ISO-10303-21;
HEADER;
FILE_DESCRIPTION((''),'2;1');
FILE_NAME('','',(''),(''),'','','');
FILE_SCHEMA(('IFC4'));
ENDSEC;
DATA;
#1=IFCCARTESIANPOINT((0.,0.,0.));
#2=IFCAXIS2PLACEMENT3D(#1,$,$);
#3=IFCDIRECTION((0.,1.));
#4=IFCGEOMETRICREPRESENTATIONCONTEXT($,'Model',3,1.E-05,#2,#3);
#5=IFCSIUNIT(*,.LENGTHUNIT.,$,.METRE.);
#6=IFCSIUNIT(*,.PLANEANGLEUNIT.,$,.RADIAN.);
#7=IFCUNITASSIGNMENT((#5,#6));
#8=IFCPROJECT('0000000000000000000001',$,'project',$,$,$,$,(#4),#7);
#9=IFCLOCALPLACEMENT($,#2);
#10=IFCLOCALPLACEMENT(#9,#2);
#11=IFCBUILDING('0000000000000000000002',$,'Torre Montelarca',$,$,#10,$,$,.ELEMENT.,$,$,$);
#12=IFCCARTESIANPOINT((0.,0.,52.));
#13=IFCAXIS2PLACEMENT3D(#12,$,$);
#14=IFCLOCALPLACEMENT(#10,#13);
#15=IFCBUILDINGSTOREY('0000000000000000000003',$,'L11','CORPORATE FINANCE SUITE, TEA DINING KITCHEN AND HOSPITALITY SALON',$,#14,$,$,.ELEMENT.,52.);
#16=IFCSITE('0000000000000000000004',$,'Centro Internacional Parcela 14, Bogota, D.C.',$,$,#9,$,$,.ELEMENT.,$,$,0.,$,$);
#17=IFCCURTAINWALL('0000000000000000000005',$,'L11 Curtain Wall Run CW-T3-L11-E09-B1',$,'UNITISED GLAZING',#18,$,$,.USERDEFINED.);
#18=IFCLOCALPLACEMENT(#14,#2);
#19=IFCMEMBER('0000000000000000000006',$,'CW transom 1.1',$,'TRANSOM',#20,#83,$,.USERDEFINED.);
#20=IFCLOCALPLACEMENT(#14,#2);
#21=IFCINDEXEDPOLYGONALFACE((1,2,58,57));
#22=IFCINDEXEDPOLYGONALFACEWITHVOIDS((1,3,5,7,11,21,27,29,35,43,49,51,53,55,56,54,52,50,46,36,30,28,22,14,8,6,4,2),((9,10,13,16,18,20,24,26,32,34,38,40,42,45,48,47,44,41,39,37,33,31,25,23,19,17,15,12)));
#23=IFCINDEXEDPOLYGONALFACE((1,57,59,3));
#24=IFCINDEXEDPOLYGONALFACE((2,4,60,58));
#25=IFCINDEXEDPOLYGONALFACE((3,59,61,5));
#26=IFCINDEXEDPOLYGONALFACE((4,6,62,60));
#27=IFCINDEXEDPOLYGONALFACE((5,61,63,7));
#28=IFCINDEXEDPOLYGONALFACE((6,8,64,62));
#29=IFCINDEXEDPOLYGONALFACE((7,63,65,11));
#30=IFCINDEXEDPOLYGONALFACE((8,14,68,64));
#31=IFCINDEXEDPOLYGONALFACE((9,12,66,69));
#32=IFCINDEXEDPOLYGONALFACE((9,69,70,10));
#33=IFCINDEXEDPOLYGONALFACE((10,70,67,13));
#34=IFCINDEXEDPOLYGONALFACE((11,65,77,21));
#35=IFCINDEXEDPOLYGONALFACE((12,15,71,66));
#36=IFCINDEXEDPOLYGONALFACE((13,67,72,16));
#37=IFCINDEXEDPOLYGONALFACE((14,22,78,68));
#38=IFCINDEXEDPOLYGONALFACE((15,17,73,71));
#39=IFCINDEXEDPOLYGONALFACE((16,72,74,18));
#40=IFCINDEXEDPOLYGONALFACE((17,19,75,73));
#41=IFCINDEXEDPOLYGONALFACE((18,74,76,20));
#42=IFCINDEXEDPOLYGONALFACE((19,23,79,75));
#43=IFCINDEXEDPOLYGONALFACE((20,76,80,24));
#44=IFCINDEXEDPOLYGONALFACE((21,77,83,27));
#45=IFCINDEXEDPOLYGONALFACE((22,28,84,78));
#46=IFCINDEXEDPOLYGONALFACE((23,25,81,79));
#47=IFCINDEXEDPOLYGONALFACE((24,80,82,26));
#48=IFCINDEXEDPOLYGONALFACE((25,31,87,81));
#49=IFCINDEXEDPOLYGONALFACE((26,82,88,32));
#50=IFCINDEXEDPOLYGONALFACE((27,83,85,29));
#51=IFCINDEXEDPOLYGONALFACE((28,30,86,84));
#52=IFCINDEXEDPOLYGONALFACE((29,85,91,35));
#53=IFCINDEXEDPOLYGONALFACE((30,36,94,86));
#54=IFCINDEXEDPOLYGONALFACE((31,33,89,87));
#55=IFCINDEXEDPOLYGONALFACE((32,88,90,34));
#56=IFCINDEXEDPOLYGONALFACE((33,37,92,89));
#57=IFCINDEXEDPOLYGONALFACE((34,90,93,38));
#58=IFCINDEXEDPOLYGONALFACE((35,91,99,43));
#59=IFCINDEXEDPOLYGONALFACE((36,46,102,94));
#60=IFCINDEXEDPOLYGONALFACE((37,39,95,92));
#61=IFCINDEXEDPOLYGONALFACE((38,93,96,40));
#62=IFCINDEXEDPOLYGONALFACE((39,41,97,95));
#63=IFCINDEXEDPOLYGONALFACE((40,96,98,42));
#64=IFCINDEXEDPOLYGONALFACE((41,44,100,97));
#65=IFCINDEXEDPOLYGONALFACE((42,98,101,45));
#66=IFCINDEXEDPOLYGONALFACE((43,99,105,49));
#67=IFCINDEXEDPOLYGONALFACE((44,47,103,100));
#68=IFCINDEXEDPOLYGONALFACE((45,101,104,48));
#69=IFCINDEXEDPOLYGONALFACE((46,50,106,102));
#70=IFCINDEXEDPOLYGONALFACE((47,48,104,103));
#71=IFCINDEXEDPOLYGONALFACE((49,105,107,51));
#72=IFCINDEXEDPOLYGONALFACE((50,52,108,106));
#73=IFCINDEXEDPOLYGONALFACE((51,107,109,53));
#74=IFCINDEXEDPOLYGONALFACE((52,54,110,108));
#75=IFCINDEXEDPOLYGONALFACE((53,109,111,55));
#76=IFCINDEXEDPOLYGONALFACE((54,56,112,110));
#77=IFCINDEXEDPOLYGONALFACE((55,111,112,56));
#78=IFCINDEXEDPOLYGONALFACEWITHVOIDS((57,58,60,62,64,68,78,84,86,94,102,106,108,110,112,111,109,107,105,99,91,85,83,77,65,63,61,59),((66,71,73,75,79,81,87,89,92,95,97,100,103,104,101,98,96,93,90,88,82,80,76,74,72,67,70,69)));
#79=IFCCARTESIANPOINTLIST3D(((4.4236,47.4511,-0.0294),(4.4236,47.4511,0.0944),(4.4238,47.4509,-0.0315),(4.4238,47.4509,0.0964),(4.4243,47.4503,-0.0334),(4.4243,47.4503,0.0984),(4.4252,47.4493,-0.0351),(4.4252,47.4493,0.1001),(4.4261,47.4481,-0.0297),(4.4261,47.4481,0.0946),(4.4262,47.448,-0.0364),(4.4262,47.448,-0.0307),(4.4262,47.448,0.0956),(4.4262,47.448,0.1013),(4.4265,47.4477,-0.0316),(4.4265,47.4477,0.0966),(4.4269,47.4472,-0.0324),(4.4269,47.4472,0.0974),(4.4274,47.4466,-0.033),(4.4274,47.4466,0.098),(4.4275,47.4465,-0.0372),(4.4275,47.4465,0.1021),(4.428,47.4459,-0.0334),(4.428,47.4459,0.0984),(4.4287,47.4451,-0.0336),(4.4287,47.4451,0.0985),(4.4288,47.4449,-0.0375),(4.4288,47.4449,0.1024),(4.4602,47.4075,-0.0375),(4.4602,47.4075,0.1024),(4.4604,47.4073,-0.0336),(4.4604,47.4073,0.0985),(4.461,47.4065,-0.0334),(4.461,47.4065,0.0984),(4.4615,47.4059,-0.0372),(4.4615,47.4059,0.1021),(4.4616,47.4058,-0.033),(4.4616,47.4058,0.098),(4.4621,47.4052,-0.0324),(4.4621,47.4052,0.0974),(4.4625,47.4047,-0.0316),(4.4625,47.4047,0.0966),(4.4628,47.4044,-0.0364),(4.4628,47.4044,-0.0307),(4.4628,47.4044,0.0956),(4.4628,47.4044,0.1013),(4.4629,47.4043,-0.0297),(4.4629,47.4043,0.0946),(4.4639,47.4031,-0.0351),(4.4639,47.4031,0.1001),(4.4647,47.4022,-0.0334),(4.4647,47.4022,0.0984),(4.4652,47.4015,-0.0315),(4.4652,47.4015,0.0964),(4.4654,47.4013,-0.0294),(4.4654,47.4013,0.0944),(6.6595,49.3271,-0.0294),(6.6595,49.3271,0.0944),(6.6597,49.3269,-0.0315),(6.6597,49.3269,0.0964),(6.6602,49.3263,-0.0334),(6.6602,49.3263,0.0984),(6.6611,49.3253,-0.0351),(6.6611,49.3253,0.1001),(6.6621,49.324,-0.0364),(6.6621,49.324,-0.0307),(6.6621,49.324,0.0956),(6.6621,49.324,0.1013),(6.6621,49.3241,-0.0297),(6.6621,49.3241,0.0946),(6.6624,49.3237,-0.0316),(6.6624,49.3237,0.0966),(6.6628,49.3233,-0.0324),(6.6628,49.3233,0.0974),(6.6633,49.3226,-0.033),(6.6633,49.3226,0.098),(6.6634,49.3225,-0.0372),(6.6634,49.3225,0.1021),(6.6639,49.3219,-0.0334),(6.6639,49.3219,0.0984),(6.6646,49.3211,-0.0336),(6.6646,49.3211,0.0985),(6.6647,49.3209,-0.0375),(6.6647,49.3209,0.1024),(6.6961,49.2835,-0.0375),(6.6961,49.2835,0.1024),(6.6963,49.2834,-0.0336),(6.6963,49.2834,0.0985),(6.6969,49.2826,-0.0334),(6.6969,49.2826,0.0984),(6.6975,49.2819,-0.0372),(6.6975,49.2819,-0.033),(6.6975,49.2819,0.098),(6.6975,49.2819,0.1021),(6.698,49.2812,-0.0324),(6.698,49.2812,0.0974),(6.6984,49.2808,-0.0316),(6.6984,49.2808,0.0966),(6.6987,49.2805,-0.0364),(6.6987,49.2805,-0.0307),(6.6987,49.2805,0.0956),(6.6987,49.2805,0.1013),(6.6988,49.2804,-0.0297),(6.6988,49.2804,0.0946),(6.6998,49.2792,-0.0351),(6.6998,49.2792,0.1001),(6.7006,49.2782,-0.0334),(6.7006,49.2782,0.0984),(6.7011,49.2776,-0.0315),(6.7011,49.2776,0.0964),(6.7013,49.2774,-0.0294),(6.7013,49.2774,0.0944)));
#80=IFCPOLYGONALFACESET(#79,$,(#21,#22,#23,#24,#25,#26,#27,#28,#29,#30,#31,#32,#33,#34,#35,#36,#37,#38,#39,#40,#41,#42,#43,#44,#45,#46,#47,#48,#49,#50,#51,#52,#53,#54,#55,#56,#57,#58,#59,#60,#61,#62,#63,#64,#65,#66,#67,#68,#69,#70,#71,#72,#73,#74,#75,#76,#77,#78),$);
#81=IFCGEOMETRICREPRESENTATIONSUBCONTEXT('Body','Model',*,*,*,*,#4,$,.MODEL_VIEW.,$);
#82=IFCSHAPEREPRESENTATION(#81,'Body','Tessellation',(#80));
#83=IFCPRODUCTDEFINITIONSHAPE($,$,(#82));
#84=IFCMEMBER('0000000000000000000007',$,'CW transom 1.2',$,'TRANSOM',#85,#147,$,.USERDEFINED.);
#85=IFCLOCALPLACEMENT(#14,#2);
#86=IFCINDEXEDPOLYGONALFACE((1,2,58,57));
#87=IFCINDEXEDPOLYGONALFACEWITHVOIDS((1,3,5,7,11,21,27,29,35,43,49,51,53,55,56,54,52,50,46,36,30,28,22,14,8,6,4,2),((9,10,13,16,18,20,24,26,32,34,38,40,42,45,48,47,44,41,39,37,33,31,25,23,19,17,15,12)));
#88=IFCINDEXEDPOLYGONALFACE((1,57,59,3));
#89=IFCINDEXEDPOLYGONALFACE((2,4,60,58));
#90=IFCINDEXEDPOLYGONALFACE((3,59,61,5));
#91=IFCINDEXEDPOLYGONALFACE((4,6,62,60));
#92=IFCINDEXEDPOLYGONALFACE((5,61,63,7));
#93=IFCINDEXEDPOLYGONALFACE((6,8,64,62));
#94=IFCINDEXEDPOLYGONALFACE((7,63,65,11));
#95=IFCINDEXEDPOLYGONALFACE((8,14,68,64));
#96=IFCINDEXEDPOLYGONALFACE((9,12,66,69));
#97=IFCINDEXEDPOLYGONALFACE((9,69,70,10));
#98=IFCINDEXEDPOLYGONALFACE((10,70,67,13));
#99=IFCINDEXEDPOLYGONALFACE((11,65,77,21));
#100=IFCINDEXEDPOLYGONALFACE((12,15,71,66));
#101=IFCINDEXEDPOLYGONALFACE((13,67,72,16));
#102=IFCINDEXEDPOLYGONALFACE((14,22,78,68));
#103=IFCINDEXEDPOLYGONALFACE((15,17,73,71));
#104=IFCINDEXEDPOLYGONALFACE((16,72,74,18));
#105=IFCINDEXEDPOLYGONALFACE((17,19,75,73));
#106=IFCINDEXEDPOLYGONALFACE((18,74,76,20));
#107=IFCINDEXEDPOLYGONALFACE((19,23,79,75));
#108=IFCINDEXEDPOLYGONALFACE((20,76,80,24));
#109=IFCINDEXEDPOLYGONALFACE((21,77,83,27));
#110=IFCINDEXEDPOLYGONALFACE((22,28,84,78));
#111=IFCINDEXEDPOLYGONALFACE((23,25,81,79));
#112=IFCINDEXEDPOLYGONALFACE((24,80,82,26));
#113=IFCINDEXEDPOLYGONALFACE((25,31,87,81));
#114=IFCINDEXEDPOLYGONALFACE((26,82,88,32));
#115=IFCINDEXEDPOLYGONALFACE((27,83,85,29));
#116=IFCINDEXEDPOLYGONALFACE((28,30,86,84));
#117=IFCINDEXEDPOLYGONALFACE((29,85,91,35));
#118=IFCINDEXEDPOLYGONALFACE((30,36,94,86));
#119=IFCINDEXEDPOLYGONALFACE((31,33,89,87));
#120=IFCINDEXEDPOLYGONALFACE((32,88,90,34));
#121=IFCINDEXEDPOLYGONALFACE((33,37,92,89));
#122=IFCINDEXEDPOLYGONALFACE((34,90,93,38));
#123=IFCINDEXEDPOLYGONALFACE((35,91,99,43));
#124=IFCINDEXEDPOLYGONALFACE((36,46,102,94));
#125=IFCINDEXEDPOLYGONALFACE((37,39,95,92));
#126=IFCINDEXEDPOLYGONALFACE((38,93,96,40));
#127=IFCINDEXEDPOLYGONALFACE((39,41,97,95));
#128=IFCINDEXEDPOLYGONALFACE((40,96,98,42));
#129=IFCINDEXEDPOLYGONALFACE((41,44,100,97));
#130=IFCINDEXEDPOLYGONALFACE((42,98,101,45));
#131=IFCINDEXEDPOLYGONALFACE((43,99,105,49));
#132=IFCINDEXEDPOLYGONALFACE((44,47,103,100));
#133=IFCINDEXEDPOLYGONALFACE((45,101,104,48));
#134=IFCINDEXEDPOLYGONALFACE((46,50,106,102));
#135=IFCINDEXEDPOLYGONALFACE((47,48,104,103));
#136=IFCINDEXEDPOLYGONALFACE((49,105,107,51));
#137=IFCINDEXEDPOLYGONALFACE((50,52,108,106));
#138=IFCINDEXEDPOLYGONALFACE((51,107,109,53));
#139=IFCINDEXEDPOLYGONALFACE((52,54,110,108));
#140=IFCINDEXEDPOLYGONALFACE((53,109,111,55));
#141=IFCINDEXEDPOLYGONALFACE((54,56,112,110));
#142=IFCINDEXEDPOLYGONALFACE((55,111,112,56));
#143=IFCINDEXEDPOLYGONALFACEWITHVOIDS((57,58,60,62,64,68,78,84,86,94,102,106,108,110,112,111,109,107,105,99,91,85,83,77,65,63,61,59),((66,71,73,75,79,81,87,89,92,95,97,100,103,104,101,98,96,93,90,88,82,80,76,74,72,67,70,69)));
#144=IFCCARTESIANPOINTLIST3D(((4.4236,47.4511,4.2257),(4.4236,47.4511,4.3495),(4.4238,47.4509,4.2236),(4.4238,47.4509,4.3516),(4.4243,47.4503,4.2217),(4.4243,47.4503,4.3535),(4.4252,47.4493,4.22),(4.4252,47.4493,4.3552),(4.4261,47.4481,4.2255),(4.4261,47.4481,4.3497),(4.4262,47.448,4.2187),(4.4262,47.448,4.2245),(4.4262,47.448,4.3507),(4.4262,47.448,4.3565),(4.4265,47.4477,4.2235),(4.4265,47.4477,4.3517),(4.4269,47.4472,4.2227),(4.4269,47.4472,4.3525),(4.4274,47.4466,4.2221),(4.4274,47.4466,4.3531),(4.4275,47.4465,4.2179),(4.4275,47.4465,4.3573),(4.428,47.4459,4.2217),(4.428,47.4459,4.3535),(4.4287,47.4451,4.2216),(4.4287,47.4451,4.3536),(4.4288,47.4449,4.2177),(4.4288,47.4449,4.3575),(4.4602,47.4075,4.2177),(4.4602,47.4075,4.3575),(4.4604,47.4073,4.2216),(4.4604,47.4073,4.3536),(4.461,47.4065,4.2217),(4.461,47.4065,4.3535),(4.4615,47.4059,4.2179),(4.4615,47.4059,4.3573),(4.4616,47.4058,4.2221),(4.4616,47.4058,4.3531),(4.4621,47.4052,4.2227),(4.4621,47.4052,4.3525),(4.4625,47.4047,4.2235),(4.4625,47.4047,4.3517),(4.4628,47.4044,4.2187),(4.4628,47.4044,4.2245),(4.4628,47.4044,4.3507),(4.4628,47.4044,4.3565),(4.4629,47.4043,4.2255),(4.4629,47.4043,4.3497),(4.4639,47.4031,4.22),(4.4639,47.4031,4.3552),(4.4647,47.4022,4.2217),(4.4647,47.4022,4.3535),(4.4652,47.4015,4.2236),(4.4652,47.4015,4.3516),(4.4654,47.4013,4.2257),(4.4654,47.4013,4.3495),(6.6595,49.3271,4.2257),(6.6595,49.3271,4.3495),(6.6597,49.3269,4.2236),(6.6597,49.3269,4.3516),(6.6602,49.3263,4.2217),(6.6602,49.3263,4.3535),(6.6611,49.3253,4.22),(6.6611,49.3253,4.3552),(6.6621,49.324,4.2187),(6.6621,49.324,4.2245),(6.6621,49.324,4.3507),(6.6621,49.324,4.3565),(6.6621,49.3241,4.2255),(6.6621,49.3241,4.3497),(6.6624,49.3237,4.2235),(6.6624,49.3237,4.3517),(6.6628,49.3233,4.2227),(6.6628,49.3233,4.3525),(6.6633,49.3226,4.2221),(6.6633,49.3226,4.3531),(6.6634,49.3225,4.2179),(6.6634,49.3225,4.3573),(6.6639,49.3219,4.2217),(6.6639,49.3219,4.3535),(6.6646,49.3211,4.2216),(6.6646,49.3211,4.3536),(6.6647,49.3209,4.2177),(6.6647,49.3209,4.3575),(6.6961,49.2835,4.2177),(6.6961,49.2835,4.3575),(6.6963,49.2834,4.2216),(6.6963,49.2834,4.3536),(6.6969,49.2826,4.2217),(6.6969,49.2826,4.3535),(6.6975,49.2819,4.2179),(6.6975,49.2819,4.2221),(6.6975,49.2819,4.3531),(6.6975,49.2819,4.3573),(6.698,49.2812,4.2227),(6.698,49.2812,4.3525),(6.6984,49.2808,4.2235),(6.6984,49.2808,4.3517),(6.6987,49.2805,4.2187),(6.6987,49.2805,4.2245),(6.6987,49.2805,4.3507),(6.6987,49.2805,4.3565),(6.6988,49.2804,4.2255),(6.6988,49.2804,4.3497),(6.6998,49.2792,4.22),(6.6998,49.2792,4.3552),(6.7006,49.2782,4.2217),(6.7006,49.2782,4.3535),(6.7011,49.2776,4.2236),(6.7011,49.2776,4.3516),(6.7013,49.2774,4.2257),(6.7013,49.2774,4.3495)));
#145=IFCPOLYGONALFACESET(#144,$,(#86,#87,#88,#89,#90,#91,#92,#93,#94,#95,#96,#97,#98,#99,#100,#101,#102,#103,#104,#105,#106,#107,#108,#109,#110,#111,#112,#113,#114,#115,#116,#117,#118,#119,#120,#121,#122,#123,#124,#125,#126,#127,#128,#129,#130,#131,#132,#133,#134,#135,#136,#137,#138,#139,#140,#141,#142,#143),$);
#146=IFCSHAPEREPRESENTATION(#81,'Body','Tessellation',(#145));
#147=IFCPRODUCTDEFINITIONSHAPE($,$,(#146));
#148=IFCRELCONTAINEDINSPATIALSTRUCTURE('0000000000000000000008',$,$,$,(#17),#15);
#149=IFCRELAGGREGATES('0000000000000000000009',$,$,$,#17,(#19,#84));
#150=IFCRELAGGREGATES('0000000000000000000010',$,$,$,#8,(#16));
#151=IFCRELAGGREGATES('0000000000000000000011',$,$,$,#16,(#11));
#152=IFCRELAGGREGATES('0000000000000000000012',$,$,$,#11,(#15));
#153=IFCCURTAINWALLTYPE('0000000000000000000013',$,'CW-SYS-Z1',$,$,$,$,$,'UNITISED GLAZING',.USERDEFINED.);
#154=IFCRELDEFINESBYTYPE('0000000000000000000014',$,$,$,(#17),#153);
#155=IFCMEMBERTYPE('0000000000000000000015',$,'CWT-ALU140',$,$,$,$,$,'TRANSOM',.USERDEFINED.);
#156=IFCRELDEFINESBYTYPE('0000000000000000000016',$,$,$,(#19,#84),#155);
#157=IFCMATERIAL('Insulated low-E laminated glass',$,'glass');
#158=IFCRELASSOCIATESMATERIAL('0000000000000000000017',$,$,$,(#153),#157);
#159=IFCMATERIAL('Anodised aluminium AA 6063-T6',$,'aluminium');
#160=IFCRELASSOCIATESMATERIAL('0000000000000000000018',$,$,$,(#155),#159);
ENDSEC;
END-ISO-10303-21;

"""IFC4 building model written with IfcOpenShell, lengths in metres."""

from ifc_helpers import new_model, si_unit, direction, frame, origin, origin_2d, place, context, subcontext, project, spatial, hollow_rectangle, extrude, source, transform, mapped, material, material_profile, profile_set, type_object, element, aggregate, save


model = new_model("IFC4")

# Units and contexts
model_context = context("Model", 3, precision=1e-05, world=origin(), true_north=direction((0.0, 1.0)))
body_context = subcontext(model_context, "Body", "Model", "MODEL_VIEW")
ifc_project = project(units=[si_unit("LENGTHUNIT", "METRE"), si_unit("PLANEANGLEUNIT", "RADIAN")], contexts=[model_context])

# Site, building, storey
site_placement = place(None, origin())
site = spatial("IfcSite", under=ifc_project, at=site_placement, Name="Centro Internacional Parcela 14, Bogota, D.C.", CompositionType="ELEMENT", RefElevation=0.0)
building_placement = place(site_placement, origin())
building = spatial("IfcBuilding", under=site, at=building_placement, Name="Torre Montelarca", CompositionType="ELEMENT")
storey_placement = place(building_placement, frame((0.0, 0.0, 52.0)))
storey = spatial("IfcBuildingStorey", under=building, at=storey_placement, Name="L11", Description="CORPORATE FINANCE SUITE, TEA DINING KITCHEN AND HOSPITALITY SALON", CompositionType="ELEMENT", Elevation=52.0)

# Shared definitions
ifc_material_1 = material(Name="Insulated low-E laminated glass", Category="glass")
curtain_wall_type = type_object("IfcCurtainWallType", Name="CW-SYS-Z1", ElementType="UNITISED GLAZING", PredefinedType="USERDEFINED", material=ifc_material_1)
ifc_material_2 = material(Name="Anodised aluminium AA 6063-T6", Category="aluminium")

# Curtain wall
curtain_wall_1_placement = place(storey_placement, origin())
curtain_wall_1 = element("IfcCurtainWall", 1, at=curtain_wall_1_placement, inside=storey, type_object=curtain_wall_type, Name="L11 Curtain Wall Run CW-T3-L11-E09-B1", ObjectType="UNITISED GLAZING", PredefinedType="USERDEFINED")

# Members
ifc_material_profile_1 = material_profile(ifc_material_2, hollow_rectangle(XDim=0.0649, YDim=0.1399, WallThickness=0.0039, InnerFilletRadius=0.0039, OuterFilletRadius=0.0081, at=origin_2d()), Name="ALU65X140X4", Category="aluminium")
ifc_profile_set_1 = profile_set([ifc_material_profile_1], Name="Anodised aluminium AA 6063-T6")
member_type_1 = type_object("IfcMemberType", Name="CWT-ALU140", ElementType="TRANSOM", PredefinedType="USERDEFINED", material=ifc_profile_set_1)
shared_shape_1 = source(origin(), body_context, "Body", "SweptSolid", [
    extrude(hollow_rectangle(XDim=0.0649, YDim=0.1399, WallThickness=0.0039, InnerFilletRadius=0.0039, OuterFilletRadius=0.0081, at=origin_2d()), origin(), (0.0, 0.0, 1.0), 2.9187),
])
member_1_placement = place(storey_placement, frame((6.6804, 49.3022, 0.0325), z_axis=(-0.766064, -0.642764, 0.0), x_axis=(0.642764, -0.766064, 0.0)))
member_1 = element("IfcMember", 2, at=member_1_placement, type_object=member_type_1, Name="CW transom 1.1", ObjectType="TRANSOM", PredefinedType="USERDEFINED", context=body_context, shape_type="MappedRepresentation", body=[
    mapped(shared_shape_1, transform((0.0, 0.0, 0.0), scale=1.0)),
])
member_2_placement = place(storey_placement, frame((6.6804, 49.3022, 4.2876), z_axis=(-0.766064, -0.642764, 0.0), x_axis=(0.642764, -0.766064, 0.0)))
member_2 = element("IfcMember", 3, at=member_2_placement, type_object=member_type_1, Name="CW transom 1.2", ObjectType="TRANSOM", PredefinedType="USERDEFINED", context=body_context, shape_type="MappedRepresentation", body=[
    mapped(shared_shape_1, transform((0.0, 0.0, 0.0), scale=1.0)),
])

aggregate(curtain_wall_1, [member_1, member_2])

save(model, "model.ifc")
